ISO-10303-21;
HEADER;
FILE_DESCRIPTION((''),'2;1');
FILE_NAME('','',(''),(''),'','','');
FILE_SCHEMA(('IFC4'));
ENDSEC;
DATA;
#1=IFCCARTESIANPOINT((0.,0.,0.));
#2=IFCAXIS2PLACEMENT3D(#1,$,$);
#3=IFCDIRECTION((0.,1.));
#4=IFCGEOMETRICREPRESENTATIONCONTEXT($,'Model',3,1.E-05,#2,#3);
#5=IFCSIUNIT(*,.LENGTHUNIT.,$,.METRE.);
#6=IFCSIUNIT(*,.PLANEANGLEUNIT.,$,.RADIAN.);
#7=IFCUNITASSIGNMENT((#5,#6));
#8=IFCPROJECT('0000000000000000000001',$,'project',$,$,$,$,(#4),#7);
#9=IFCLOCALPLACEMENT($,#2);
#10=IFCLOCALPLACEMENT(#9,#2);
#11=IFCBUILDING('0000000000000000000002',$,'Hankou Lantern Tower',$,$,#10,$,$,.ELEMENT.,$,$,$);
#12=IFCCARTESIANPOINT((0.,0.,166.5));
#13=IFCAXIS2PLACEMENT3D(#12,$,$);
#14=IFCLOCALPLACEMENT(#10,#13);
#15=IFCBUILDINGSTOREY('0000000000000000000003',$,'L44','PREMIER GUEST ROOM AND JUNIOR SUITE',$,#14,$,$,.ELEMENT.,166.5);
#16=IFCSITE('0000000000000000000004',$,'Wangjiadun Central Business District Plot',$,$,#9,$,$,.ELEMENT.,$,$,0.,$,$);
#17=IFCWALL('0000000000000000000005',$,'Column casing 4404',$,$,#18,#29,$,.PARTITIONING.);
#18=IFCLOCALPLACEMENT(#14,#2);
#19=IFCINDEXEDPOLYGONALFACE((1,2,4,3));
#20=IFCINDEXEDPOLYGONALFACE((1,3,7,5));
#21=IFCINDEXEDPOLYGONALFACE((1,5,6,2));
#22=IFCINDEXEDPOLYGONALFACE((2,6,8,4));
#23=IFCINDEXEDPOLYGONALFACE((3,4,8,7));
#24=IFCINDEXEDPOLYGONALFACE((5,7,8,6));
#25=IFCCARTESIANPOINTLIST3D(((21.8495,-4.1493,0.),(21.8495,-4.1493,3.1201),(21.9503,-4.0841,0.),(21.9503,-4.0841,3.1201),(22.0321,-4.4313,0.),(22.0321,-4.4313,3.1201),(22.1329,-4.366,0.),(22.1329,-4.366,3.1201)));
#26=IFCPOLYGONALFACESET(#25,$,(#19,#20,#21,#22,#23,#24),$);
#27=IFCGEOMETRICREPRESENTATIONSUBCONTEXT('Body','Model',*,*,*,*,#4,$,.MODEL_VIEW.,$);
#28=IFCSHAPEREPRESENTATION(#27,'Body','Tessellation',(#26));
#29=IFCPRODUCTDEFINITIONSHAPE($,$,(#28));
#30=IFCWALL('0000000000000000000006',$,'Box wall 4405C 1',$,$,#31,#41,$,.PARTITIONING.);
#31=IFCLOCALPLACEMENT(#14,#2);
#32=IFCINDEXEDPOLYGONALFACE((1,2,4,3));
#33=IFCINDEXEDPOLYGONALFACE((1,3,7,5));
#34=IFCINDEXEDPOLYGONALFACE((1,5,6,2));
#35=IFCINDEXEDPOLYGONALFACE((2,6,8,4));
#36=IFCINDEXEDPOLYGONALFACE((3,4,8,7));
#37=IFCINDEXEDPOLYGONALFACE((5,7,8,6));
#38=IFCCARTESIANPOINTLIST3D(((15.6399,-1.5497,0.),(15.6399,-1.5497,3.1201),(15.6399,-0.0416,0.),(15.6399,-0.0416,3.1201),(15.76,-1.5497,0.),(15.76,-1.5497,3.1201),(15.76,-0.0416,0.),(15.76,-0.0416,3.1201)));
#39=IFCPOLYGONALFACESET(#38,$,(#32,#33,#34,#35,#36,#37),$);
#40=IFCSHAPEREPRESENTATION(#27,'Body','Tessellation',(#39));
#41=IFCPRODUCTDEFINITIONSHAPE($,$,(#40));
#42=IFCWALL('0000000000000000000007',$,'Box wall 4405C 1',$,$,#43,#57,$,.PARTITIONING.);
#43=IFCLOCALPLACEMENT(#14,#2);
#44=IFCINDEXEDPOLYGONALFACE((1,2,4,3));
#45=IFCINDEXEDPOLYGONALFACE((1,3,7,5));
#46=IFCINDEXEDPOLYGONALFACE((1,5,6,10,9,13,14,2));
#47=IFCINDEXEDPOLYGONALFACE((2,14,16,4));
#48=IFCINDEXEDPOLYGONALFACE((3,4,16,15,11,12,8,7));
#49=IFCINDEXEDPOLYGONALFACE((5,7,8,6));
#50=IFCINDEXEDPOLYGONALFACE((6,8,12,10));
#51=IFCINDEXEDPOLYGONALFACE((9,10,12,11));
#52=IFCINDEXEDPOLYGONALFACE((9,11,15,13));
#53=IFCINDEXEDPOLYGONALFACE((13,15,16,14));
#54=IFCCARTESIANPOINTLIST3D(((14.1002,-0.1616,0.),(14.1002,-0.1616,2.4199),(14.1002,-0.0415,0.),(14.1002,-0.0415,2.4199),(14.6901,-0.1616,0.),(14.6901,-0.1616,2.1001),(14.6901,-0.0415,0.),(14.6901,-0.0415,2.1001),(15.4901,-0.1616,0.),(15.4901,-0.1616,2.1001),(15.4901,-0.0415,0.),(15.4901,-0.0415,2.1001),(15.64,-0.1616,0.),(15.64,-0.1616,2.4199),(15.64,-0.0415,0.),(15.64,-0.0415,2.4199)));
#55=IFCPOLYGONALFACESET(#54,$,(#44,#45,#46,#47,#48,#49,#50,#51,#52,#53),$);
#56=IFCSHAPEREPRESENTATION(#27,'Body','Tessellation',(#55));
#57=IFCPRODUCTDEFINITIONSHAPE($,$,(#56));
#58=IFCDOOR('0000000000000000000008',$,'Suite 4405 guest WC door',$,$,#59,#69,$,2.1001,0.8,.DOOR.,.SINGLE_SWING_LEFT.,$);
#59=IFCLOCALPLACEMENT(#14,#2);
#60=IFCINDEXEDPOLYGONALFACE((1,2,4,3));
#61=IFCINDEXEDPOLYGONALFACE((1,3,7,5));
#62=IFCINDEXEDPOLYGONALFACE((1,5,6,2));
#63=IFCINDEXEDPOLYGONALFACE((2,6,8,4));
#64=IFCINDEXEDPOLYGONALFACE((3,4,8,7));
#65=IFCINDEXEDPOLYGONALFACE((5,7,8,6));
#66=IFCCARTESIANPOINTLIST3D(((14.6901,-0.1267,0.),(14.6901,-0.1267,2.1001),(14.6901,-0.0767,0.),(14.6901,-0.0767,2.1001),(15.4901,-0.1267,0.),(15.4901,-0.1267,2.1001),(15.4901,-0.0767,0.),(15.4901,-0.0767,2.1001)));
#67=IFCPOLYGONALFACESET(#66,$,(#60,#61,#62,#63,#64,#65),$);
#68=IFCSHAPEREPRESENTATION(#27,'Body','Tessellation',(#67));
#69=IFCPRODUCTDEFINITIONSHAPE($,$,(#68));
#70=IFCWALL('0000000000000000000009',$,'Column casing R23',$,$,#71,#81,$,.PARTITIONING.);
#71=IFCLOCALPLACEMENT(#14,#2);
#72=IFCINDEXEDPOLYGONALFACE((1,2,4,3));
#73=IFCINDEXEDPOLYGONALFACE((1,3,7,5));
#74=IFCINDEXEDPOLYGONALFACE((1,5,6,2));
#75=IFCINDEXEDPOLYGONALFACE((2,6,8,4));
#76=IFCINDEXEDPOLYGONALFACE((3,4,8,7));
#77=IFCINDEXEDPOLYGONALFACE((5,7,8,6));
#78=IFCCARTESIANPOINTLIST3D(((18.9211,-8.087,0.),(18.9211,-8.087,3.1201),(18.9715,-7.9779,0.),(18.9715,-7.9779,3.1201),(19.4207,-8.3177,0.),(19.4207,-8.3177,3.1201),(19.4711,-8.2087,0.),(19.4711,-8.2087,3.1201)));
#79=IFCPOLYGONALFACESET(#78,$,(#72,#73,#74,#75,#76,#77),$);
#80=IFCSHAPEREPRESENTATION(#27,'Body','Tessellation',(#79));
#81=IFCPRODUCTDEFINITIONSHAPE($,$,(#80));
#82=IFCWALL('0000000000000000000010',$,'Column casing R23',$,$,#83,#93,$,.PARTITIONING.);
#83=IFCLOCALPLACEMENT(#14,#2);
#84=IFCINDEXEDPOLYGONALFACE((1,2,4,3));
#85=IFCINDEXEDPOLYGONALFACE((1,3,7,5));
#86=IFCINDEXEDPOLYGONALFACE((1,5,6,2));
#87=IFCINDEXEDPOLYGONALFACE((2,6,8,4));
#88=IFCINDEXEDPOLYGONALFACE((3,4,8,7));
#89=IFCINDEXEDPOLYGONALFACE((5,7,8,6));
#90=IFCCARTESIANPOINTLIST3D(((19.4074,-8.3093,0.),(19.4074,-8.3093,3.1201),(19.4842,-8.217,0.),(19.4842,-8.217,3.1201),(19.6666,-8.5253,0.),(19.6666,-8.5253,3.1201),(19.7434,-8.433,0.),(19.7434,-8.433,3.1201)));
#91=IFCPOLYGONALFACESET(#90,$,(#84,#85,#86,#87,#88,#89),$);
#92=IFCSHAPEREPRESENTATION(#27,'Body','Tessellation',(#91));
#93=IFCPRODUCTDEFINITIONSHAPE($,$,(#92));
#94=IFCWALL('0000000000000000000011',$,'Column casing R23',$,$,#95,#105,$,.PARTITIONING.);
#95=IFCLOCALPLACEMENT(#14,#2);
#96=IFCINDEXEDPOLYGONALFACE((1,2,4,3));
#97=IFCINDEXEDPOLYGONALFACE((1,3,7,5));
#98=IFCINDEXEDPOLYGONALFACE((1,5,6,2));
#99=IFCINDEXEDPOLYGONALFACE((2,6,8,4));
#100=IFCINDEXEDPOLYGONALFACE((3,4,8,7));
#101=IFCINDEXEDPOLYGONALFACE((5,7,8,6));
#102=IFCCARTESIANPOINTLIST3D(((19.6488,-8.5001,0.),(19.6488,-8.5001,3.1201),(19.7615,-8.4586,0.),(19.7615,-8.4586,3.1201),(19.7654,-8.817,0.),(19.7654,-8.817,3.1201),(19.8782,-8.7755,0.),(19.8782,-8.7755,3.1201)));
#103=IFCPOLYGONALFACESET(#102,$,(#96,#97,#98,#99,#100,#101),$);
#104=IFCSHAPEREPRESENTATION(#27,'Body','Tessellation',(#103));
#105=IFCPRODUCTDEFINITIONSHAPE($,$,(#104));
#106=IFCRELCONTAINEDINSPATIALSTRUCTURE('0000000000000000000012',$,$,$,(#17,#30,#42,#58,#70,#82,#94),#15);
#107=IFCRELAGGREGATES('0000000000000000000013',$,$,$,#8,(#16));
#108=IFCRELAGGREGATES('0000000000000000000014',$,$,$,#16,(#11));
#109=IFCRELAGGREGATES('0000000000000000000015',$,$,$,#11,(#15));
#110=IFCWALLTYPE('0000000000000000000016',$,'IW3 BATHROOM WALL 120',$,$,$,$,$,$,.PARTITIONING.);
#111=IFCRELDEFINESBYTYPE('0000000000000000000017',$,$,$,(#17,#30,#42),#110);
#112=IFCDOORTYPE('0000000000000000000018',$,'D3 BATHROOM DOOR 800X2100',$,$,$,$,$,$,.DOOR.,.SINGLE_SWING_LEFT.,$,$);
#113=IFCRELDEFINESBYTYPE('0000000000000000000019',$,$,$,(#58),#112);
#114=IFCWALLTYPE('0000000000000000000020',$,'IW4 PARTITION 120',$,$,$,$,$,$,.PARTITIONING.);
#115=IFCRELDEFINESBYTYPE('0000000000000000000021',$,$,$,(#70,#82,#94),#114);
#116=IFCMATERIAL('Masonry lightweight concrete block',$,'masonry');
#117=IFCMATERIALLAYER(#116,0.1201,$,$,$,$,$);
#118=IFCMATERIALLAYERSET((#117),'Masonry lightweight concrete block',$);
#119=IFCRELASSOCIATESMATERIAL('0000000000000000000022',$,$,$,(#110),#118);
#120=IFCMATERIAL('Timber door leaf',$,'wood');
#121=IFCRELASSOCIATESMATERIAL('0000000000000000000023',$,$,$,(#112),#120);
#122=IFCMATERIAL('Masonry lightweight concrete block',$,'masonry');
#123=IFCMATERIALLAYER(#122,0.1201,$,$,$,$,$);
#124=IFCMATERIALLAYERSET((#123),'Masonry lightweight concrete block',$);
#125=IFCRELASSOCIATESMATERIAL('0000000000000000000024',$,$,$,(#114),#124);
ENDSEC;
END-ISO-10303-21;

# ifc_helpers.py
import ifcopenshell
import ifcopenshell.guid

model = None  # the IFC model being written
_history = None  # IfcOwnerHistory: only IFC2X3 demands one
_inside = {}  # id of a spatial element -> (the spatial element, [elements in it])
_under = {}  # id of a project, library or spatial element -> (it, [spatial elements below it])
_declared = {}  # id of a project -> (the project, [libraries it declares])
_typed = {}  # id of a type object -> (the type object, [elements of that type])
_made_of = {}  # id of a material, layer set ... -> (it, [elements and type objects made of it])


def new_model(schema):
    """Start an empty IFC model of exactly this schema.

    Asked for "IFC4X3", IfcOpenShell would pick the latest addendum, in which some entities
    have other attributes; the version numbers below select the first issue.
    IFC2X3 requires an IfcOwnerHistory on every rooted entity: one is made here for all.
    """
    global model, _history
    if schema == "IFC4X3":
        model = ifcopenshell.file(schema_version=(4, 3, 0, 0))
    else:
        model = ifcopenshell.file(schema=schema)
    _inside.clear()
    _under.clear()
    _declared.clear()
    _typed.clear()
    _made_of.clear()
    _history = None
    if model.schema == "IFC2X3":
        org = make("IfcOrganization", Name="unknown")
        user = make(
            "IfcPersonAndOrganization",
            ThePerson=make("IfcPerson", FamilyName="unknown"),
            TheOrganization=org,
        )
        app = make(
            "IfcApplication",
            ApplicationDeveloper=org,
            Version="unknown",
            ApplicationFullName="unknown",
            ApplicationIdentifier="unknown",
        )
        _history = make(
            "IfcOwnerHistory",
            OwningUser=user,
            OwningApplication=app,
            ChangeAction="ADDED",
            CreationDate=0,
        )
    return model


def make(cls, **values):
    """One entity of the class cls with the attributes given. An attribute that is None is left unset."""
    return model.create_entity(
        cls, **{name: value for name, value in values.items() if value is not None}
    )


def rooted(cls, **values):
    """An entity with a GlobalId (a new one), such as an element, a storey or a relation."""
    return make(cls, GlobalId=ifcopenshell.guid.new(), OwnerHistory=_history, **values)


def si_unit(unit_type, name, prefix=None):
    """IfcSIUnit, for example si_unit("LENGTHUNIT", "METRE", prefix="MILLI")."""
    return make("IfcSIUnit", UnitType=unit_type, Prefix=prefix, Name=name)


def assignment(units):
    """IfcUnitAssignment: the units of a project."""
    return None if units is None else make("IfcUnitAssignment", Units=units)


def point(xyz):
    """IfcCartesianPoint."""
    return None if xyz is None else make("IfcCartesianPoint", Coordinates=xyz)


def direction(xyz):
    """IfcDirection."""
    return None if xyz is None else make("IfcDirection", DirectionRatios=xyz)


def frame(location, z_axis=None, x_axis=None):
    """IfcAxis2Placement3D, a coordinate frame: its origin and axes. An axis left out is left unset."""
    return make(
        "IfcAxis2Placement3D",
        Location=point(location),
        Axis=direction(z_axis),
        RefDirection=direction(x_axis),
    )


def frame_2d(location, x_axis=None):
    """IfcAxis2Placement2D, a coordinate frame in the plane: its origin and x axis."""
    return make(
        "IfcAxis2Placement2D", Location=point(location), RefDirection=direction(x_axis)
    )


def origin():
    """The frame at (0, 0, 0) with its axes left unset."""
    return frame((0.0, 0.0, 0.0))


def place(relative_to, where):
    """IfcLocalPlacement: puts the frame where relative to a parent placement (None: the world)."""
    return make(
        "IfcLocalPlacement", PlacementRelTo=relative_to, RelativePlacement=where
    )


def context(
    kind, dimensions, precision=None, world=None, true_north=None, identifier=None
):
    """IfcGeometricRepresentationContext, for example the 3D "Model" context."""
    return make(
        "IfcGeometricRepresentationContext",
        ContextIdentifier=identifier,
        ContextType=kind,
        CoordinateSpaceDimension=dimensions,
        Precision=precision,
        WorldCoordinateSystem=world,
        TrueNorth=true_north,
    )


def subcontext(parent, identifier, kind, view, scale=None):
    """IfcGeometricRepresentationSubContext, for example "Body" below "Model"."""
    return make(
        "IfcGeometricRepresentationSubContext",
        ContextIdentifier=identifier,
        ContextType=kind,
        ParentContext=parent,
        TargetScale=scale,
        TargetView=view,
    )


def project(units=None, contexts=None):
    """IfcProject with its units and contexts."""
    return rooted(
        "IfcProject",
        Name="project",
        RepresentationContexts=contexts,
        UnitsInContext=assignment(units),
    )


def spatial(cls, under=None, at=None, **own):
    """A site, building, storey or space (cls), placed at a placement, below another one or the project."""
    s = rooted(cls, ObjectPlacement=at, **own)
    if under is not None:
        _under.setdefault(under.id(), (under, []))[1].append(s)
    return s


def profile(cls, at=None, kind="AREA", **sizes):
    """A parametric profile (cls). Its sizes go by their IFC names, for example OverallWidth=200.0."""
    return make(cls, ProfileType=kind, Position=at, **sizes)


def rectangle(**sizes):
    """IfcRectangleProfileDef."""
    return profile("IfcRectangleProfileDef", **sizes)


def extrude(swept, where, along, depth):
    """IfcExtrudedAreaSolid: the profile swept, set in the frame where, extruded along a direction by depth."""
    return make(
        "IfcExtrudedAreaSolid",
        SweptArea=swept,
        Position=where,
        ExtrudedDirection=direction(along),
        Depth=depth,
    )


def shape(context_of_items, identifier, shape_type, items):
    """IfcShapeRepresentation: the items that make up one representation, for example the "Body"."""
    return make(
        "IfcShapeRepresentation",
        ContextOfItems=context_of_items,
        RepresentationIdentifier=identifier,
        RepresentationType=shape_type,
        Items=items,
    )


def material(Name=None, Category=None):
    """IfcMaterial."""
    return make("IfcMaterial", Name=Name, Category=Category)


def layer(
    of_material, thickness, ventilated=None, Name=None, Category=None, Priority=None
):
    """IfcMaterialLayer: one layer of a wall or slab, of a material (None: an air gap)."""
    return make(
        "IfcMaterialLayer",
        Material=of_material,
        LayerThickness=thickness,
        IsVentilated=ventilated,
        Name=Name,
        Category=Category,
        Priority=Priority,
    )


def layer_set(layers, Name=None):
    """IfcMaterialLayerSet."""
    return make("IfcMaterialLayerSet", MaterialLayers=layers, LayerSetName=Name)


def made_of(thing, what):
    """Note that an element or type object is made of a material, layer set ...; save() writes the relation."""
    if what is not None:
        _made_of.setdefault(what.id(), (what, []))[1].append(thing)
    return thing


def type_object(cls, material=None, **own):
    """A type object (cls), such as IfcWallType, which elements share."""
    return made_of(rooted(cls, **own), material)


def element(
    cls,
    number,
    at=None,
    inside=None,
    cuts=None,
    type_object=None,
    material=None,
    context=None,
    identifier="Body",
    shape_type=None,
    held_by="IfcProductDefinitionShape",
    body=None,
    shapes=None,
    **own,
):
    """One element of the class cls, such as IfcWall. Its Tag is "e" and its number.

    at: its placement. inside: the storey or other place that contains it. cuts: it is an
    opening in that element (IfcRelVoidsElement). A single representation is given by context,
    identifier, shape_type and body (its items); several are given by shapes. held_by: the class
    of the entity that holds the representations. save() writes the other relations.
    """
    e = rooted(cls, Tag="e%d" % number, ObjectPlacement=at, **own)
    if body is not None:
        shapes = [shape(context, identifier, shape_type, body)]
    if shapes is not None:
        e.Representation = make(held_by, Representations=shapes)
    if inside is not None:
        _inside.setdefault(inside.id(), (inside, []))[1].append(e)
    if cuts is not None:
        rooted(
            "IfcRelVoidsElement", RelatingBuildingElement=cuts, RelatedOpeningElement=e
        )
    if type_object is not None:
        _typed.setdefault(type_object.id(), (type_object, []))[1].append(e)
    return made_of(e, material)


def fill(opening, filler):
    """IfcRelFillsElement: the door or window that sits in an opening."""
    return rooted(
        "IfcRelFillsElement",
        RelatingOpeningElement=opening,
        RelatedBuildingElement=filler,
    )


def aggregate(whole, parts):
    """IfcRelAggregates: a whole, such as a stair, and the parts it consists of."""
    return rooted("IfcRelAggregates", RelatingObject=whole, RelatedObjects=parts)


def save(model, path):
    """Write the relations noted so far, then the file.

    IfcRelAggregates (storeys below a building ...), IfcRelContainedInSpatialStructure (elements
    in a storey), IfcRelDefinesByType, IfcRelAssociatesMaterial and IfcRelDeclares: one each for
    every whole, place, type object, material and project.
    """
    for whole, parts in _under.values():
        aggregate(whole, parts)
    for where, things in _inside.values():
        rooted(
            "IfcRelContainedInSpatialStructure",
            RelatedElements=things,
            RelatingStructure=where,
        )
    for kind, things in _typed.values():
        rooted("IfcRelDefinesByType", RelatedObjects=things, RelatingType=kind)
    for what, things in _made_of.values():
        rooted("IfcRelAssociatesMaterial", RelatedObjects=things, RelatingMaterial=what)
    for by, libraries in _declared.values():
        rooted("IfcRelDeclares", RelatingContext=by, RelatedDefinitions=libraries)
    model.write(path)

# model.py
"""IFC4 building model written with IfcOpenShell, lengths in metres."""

from ifc_helpers import new_model, si_unit, direction, frame, frame_2d, origin, place, context, subcontext, project, spatial, rectangle, extrude, material, layer, layer_set, type_object, element, fill, save


model = new_model("IFC4")

# Units and contexts
model_context = context("Model", 3, precision=1e-05, world=origin(), true_north=direction((0.0, 1.0)))
body_context = subcontext(model_context, "Body", "Model", "MODEL_VIEW")
ifc_project = project(units=[si_unit("LENGTHUNIT", "METRE"), si_unit("PLANEANGLEUNIT", "RADIAN")], contexts=[model_context])

# Site, building, storey
site_placement = place(None, origin())
site = spatial("IfcSite", under=ifc_project, at=site_placement, Name="Wangjiadun Central Business District Plot", CompositionType="ELEMENT", RefElevation=0.0)
building_placement = place(site_placement, origin())
building = spatial("IfcBuilding", under=site, at=building_placement, Name="Hankou Lantern Tower", CompositionType="ELEMENT")
storey_placement = place(building_placement, frame((0.0, 0.0, 166.5)))
storey = spatial("IfcBuildingStorey", under=building, at=storey_placement, Name="L44", Description="PREMIER GUEST ROOM AND JUNIOR SUITE", CompositionType="ELEMENT", Elevation=166.5)

# Shared definitions
ifc_material_1 = material(Name="Masonry lightweight concrete block", Category="masonry")
ifc_layer_1 = layer(ifc_material_1, 0.1201)
ifc_layer_set_1 = layer_set([ifc_layer_1], Name="Masonry lightweight concrete block")
wall_type_1 = type_object("IfcWallType", Name="IW3 BATHROOM WALL 120", PredefinedType="PARTITIONING", material=ifc_layer_set_1)

# Shared definitions
ifc_material_2 = material(Name="Timber door leaf", Category="wood")
door_type = type_object("IfcDoorType", Name="D3 BATHROOM DOOR 800X2100", OperationType="SINGLE_SWING_LEFT", PredefinedType="DOOR", material=ifc_material_2)

# Walls
wall_1_placement = place(storey_placement, frame((21.8999, -4.1167, 0.0), z_axis=(0.0, 0.0, 1.0), x_axis=(0.543583, -0.839356, 0.0)))
element("IfcWall", 1, at=wall_1_placement, inside=storey, type_object=wall_type_1, Name="Column casing 4404", PredefinedType="PARTITIONING", context=body_context, shape_type="SweptSolid", body=[
    extrude(rectangle(XDim=0.3359, YDim=0.1201, at=frame_2d((0.168, 0.0))), origin(), (0.0, 0.0, 1.0), 3.1201),
])
wall_2_placement = place(storey_placement, frame((15.7, -1.5496, 0.0), z_axis=(0.0, 0.0, 1.0), x_axis=(0.0, 1.0, 0.0)))
element("IfcWall", 2, at=wall_2_placement, inside=storey, type_object=wall_type_1, Name="Box wall 4405C 1", PredefinedType="PARTITIONING", context=body_context, shape_type="SweptSolid", body=[
    extrude(rectangle(XDim=1.5081, YDim=0.1201, at=frame_2d((0.7539, 0.0))), origin(), (0.0, 0.0, 1.0), 3.1201),
])

# Wall, opening, door
wall_3_placement = place(storey_placement, frame((14.1001, -0.1016, 0.0), z_axis=(0.0, 0.0, 1.0), x_axis=(1.0, 0.0, 0.0)))
wall_3 = element("IfcWall", 3, at=wall_3_placement, inside=storey, type_object=wall_type_1, Name="Box wall 4405C 1", PredefinedType="PARTITIONING", context=body_context, shape_type="SweptSolid", body=[
    extrude(rectangle(XDim=1.5398, YDim=0.1201, at=frame_2d((0.77, 0.0))), origin(), (0.0, 0.0, 1.0), 2.4199),
])
opening_1_placement = place(wall_3_placement, frame((0.5901, 0.0, 0.0)))
opening_1 = element("IfcOpeningElement", 4, at=opening_1_placement, cuts=wall_3, PredefinedType="OPENING", context=body_context, shape_type="SweptSolid", body=[
    extrude(rectangle(XDim=0.8, YDim=2.1001, at=frame_2d((0.3999, 1.05))), frame((0.0, 0.0701, 0.0), z_axis=(0.0, -1.0, 0.0), x_axis=(1.0, 0.0, 0.0)), (0.0, 0.0, 1.0), 0.1401),
])
door_1_placement = place(opening_1_placement, origin())
door_1 = element("IfcDoor", 5, at=door_1_placement, inside=storey, type_object=door_type, Name="Suite 4405 guest WC door", OperationType="SINGLE_SWING_LEFT", OverallHeight=2.1001, OverallWidth=0.8, PredefinedType="DOOR", context=body_context, shape_type="SweptSolid", body=[
    extrude(rectangle(XDim=0.8, YDim=2.1001, at=frame_2d((0.3999, 1.05))), frame((0.0, 0.0249, 0.0), z_axis=(0.0, -1.0, 0.0), x_axis=(1.0, 0.0, 0.0)), (0.0, 0.0, 1.0), 0.05),
])
fill(opening_1, door_1)

# Walls
ifc_material_3 = material(Name="Masonry lightweight concrete block", Category="masonry")
ifc_layer_2 = layer(ifc_material_3, 0.1201)
ifc_layer_set_2 = layer_set([ifc_layer_2], Name="Masonry lightweight concrete block")
wall_type_2 = type_object("IfcWallType", Name="IW4 PARTITION 120", PredefinedType="PARTITIONING", material=ifc_layer_set_2)
wall_4_placement = place(storey_placement, frame((18.9463, -8.0325, 0.0), z_axis=(0.0, 0.0, 1.0), x_axis=(0.907842, -0.419311, 0.0)))
element("IfcWall", 6, at=wall_4_placement, inside=storey, type_object=wall_type_2, Name="Column casing R23", PredefinedType="PARTITIONING", context=body_context, shape_type="SweptSolid", body=[
    extrude(rectangle(XDim=0.5503, YDim=0.1201, at=frame_2d((0.2751, 0.0))), origin(), (0.0, 0.0, 1.0), 3.1201),
])
wall_5_placement = place(storey_placement, frame((19.4458, -8.2632, 0.0), z_axis=(0.0, 0.0, 1.0), x_axis=(0.768221, -0.640184, 0.0)))
element("IfcWall", 7, at=wall_5_placement, inside=storey, type_object=wall_type_2, Name="Column casing R23", PredefinedType="PARTITIONING", context=body_context, shape_type="SweptSolid", body=[
    extrude(rectangle(XDim=0.3374, YDim=0.1201, at=frame_2d((0.1687, 0.0))), origin(), (0.0, 0.0, 1.0), 3.1201),
])
wall_6_placement = place(storey_placement, frame((19.7051, -8.4792, 0.0), z_axis=(0.0, 0.0, 1.0), x_axis=(0.345571, -0.938392, 0.0)))
element("IfcWall", 8, at=wall_6_placement, inside=storey, type_object=wall_type_2, Name="Column casing R23", PredefinedType="PARTITIONING", context=body_context, shape_type="SweptSolid", body=[
    extrude(rectangle(XDim=0.3376, YDim=0.1201, at=frame_2d((0.1689, 0.0))), origin(), (0.0, 0.0, 1.0), 3.1201),
])

save(model, "model.ifc")
